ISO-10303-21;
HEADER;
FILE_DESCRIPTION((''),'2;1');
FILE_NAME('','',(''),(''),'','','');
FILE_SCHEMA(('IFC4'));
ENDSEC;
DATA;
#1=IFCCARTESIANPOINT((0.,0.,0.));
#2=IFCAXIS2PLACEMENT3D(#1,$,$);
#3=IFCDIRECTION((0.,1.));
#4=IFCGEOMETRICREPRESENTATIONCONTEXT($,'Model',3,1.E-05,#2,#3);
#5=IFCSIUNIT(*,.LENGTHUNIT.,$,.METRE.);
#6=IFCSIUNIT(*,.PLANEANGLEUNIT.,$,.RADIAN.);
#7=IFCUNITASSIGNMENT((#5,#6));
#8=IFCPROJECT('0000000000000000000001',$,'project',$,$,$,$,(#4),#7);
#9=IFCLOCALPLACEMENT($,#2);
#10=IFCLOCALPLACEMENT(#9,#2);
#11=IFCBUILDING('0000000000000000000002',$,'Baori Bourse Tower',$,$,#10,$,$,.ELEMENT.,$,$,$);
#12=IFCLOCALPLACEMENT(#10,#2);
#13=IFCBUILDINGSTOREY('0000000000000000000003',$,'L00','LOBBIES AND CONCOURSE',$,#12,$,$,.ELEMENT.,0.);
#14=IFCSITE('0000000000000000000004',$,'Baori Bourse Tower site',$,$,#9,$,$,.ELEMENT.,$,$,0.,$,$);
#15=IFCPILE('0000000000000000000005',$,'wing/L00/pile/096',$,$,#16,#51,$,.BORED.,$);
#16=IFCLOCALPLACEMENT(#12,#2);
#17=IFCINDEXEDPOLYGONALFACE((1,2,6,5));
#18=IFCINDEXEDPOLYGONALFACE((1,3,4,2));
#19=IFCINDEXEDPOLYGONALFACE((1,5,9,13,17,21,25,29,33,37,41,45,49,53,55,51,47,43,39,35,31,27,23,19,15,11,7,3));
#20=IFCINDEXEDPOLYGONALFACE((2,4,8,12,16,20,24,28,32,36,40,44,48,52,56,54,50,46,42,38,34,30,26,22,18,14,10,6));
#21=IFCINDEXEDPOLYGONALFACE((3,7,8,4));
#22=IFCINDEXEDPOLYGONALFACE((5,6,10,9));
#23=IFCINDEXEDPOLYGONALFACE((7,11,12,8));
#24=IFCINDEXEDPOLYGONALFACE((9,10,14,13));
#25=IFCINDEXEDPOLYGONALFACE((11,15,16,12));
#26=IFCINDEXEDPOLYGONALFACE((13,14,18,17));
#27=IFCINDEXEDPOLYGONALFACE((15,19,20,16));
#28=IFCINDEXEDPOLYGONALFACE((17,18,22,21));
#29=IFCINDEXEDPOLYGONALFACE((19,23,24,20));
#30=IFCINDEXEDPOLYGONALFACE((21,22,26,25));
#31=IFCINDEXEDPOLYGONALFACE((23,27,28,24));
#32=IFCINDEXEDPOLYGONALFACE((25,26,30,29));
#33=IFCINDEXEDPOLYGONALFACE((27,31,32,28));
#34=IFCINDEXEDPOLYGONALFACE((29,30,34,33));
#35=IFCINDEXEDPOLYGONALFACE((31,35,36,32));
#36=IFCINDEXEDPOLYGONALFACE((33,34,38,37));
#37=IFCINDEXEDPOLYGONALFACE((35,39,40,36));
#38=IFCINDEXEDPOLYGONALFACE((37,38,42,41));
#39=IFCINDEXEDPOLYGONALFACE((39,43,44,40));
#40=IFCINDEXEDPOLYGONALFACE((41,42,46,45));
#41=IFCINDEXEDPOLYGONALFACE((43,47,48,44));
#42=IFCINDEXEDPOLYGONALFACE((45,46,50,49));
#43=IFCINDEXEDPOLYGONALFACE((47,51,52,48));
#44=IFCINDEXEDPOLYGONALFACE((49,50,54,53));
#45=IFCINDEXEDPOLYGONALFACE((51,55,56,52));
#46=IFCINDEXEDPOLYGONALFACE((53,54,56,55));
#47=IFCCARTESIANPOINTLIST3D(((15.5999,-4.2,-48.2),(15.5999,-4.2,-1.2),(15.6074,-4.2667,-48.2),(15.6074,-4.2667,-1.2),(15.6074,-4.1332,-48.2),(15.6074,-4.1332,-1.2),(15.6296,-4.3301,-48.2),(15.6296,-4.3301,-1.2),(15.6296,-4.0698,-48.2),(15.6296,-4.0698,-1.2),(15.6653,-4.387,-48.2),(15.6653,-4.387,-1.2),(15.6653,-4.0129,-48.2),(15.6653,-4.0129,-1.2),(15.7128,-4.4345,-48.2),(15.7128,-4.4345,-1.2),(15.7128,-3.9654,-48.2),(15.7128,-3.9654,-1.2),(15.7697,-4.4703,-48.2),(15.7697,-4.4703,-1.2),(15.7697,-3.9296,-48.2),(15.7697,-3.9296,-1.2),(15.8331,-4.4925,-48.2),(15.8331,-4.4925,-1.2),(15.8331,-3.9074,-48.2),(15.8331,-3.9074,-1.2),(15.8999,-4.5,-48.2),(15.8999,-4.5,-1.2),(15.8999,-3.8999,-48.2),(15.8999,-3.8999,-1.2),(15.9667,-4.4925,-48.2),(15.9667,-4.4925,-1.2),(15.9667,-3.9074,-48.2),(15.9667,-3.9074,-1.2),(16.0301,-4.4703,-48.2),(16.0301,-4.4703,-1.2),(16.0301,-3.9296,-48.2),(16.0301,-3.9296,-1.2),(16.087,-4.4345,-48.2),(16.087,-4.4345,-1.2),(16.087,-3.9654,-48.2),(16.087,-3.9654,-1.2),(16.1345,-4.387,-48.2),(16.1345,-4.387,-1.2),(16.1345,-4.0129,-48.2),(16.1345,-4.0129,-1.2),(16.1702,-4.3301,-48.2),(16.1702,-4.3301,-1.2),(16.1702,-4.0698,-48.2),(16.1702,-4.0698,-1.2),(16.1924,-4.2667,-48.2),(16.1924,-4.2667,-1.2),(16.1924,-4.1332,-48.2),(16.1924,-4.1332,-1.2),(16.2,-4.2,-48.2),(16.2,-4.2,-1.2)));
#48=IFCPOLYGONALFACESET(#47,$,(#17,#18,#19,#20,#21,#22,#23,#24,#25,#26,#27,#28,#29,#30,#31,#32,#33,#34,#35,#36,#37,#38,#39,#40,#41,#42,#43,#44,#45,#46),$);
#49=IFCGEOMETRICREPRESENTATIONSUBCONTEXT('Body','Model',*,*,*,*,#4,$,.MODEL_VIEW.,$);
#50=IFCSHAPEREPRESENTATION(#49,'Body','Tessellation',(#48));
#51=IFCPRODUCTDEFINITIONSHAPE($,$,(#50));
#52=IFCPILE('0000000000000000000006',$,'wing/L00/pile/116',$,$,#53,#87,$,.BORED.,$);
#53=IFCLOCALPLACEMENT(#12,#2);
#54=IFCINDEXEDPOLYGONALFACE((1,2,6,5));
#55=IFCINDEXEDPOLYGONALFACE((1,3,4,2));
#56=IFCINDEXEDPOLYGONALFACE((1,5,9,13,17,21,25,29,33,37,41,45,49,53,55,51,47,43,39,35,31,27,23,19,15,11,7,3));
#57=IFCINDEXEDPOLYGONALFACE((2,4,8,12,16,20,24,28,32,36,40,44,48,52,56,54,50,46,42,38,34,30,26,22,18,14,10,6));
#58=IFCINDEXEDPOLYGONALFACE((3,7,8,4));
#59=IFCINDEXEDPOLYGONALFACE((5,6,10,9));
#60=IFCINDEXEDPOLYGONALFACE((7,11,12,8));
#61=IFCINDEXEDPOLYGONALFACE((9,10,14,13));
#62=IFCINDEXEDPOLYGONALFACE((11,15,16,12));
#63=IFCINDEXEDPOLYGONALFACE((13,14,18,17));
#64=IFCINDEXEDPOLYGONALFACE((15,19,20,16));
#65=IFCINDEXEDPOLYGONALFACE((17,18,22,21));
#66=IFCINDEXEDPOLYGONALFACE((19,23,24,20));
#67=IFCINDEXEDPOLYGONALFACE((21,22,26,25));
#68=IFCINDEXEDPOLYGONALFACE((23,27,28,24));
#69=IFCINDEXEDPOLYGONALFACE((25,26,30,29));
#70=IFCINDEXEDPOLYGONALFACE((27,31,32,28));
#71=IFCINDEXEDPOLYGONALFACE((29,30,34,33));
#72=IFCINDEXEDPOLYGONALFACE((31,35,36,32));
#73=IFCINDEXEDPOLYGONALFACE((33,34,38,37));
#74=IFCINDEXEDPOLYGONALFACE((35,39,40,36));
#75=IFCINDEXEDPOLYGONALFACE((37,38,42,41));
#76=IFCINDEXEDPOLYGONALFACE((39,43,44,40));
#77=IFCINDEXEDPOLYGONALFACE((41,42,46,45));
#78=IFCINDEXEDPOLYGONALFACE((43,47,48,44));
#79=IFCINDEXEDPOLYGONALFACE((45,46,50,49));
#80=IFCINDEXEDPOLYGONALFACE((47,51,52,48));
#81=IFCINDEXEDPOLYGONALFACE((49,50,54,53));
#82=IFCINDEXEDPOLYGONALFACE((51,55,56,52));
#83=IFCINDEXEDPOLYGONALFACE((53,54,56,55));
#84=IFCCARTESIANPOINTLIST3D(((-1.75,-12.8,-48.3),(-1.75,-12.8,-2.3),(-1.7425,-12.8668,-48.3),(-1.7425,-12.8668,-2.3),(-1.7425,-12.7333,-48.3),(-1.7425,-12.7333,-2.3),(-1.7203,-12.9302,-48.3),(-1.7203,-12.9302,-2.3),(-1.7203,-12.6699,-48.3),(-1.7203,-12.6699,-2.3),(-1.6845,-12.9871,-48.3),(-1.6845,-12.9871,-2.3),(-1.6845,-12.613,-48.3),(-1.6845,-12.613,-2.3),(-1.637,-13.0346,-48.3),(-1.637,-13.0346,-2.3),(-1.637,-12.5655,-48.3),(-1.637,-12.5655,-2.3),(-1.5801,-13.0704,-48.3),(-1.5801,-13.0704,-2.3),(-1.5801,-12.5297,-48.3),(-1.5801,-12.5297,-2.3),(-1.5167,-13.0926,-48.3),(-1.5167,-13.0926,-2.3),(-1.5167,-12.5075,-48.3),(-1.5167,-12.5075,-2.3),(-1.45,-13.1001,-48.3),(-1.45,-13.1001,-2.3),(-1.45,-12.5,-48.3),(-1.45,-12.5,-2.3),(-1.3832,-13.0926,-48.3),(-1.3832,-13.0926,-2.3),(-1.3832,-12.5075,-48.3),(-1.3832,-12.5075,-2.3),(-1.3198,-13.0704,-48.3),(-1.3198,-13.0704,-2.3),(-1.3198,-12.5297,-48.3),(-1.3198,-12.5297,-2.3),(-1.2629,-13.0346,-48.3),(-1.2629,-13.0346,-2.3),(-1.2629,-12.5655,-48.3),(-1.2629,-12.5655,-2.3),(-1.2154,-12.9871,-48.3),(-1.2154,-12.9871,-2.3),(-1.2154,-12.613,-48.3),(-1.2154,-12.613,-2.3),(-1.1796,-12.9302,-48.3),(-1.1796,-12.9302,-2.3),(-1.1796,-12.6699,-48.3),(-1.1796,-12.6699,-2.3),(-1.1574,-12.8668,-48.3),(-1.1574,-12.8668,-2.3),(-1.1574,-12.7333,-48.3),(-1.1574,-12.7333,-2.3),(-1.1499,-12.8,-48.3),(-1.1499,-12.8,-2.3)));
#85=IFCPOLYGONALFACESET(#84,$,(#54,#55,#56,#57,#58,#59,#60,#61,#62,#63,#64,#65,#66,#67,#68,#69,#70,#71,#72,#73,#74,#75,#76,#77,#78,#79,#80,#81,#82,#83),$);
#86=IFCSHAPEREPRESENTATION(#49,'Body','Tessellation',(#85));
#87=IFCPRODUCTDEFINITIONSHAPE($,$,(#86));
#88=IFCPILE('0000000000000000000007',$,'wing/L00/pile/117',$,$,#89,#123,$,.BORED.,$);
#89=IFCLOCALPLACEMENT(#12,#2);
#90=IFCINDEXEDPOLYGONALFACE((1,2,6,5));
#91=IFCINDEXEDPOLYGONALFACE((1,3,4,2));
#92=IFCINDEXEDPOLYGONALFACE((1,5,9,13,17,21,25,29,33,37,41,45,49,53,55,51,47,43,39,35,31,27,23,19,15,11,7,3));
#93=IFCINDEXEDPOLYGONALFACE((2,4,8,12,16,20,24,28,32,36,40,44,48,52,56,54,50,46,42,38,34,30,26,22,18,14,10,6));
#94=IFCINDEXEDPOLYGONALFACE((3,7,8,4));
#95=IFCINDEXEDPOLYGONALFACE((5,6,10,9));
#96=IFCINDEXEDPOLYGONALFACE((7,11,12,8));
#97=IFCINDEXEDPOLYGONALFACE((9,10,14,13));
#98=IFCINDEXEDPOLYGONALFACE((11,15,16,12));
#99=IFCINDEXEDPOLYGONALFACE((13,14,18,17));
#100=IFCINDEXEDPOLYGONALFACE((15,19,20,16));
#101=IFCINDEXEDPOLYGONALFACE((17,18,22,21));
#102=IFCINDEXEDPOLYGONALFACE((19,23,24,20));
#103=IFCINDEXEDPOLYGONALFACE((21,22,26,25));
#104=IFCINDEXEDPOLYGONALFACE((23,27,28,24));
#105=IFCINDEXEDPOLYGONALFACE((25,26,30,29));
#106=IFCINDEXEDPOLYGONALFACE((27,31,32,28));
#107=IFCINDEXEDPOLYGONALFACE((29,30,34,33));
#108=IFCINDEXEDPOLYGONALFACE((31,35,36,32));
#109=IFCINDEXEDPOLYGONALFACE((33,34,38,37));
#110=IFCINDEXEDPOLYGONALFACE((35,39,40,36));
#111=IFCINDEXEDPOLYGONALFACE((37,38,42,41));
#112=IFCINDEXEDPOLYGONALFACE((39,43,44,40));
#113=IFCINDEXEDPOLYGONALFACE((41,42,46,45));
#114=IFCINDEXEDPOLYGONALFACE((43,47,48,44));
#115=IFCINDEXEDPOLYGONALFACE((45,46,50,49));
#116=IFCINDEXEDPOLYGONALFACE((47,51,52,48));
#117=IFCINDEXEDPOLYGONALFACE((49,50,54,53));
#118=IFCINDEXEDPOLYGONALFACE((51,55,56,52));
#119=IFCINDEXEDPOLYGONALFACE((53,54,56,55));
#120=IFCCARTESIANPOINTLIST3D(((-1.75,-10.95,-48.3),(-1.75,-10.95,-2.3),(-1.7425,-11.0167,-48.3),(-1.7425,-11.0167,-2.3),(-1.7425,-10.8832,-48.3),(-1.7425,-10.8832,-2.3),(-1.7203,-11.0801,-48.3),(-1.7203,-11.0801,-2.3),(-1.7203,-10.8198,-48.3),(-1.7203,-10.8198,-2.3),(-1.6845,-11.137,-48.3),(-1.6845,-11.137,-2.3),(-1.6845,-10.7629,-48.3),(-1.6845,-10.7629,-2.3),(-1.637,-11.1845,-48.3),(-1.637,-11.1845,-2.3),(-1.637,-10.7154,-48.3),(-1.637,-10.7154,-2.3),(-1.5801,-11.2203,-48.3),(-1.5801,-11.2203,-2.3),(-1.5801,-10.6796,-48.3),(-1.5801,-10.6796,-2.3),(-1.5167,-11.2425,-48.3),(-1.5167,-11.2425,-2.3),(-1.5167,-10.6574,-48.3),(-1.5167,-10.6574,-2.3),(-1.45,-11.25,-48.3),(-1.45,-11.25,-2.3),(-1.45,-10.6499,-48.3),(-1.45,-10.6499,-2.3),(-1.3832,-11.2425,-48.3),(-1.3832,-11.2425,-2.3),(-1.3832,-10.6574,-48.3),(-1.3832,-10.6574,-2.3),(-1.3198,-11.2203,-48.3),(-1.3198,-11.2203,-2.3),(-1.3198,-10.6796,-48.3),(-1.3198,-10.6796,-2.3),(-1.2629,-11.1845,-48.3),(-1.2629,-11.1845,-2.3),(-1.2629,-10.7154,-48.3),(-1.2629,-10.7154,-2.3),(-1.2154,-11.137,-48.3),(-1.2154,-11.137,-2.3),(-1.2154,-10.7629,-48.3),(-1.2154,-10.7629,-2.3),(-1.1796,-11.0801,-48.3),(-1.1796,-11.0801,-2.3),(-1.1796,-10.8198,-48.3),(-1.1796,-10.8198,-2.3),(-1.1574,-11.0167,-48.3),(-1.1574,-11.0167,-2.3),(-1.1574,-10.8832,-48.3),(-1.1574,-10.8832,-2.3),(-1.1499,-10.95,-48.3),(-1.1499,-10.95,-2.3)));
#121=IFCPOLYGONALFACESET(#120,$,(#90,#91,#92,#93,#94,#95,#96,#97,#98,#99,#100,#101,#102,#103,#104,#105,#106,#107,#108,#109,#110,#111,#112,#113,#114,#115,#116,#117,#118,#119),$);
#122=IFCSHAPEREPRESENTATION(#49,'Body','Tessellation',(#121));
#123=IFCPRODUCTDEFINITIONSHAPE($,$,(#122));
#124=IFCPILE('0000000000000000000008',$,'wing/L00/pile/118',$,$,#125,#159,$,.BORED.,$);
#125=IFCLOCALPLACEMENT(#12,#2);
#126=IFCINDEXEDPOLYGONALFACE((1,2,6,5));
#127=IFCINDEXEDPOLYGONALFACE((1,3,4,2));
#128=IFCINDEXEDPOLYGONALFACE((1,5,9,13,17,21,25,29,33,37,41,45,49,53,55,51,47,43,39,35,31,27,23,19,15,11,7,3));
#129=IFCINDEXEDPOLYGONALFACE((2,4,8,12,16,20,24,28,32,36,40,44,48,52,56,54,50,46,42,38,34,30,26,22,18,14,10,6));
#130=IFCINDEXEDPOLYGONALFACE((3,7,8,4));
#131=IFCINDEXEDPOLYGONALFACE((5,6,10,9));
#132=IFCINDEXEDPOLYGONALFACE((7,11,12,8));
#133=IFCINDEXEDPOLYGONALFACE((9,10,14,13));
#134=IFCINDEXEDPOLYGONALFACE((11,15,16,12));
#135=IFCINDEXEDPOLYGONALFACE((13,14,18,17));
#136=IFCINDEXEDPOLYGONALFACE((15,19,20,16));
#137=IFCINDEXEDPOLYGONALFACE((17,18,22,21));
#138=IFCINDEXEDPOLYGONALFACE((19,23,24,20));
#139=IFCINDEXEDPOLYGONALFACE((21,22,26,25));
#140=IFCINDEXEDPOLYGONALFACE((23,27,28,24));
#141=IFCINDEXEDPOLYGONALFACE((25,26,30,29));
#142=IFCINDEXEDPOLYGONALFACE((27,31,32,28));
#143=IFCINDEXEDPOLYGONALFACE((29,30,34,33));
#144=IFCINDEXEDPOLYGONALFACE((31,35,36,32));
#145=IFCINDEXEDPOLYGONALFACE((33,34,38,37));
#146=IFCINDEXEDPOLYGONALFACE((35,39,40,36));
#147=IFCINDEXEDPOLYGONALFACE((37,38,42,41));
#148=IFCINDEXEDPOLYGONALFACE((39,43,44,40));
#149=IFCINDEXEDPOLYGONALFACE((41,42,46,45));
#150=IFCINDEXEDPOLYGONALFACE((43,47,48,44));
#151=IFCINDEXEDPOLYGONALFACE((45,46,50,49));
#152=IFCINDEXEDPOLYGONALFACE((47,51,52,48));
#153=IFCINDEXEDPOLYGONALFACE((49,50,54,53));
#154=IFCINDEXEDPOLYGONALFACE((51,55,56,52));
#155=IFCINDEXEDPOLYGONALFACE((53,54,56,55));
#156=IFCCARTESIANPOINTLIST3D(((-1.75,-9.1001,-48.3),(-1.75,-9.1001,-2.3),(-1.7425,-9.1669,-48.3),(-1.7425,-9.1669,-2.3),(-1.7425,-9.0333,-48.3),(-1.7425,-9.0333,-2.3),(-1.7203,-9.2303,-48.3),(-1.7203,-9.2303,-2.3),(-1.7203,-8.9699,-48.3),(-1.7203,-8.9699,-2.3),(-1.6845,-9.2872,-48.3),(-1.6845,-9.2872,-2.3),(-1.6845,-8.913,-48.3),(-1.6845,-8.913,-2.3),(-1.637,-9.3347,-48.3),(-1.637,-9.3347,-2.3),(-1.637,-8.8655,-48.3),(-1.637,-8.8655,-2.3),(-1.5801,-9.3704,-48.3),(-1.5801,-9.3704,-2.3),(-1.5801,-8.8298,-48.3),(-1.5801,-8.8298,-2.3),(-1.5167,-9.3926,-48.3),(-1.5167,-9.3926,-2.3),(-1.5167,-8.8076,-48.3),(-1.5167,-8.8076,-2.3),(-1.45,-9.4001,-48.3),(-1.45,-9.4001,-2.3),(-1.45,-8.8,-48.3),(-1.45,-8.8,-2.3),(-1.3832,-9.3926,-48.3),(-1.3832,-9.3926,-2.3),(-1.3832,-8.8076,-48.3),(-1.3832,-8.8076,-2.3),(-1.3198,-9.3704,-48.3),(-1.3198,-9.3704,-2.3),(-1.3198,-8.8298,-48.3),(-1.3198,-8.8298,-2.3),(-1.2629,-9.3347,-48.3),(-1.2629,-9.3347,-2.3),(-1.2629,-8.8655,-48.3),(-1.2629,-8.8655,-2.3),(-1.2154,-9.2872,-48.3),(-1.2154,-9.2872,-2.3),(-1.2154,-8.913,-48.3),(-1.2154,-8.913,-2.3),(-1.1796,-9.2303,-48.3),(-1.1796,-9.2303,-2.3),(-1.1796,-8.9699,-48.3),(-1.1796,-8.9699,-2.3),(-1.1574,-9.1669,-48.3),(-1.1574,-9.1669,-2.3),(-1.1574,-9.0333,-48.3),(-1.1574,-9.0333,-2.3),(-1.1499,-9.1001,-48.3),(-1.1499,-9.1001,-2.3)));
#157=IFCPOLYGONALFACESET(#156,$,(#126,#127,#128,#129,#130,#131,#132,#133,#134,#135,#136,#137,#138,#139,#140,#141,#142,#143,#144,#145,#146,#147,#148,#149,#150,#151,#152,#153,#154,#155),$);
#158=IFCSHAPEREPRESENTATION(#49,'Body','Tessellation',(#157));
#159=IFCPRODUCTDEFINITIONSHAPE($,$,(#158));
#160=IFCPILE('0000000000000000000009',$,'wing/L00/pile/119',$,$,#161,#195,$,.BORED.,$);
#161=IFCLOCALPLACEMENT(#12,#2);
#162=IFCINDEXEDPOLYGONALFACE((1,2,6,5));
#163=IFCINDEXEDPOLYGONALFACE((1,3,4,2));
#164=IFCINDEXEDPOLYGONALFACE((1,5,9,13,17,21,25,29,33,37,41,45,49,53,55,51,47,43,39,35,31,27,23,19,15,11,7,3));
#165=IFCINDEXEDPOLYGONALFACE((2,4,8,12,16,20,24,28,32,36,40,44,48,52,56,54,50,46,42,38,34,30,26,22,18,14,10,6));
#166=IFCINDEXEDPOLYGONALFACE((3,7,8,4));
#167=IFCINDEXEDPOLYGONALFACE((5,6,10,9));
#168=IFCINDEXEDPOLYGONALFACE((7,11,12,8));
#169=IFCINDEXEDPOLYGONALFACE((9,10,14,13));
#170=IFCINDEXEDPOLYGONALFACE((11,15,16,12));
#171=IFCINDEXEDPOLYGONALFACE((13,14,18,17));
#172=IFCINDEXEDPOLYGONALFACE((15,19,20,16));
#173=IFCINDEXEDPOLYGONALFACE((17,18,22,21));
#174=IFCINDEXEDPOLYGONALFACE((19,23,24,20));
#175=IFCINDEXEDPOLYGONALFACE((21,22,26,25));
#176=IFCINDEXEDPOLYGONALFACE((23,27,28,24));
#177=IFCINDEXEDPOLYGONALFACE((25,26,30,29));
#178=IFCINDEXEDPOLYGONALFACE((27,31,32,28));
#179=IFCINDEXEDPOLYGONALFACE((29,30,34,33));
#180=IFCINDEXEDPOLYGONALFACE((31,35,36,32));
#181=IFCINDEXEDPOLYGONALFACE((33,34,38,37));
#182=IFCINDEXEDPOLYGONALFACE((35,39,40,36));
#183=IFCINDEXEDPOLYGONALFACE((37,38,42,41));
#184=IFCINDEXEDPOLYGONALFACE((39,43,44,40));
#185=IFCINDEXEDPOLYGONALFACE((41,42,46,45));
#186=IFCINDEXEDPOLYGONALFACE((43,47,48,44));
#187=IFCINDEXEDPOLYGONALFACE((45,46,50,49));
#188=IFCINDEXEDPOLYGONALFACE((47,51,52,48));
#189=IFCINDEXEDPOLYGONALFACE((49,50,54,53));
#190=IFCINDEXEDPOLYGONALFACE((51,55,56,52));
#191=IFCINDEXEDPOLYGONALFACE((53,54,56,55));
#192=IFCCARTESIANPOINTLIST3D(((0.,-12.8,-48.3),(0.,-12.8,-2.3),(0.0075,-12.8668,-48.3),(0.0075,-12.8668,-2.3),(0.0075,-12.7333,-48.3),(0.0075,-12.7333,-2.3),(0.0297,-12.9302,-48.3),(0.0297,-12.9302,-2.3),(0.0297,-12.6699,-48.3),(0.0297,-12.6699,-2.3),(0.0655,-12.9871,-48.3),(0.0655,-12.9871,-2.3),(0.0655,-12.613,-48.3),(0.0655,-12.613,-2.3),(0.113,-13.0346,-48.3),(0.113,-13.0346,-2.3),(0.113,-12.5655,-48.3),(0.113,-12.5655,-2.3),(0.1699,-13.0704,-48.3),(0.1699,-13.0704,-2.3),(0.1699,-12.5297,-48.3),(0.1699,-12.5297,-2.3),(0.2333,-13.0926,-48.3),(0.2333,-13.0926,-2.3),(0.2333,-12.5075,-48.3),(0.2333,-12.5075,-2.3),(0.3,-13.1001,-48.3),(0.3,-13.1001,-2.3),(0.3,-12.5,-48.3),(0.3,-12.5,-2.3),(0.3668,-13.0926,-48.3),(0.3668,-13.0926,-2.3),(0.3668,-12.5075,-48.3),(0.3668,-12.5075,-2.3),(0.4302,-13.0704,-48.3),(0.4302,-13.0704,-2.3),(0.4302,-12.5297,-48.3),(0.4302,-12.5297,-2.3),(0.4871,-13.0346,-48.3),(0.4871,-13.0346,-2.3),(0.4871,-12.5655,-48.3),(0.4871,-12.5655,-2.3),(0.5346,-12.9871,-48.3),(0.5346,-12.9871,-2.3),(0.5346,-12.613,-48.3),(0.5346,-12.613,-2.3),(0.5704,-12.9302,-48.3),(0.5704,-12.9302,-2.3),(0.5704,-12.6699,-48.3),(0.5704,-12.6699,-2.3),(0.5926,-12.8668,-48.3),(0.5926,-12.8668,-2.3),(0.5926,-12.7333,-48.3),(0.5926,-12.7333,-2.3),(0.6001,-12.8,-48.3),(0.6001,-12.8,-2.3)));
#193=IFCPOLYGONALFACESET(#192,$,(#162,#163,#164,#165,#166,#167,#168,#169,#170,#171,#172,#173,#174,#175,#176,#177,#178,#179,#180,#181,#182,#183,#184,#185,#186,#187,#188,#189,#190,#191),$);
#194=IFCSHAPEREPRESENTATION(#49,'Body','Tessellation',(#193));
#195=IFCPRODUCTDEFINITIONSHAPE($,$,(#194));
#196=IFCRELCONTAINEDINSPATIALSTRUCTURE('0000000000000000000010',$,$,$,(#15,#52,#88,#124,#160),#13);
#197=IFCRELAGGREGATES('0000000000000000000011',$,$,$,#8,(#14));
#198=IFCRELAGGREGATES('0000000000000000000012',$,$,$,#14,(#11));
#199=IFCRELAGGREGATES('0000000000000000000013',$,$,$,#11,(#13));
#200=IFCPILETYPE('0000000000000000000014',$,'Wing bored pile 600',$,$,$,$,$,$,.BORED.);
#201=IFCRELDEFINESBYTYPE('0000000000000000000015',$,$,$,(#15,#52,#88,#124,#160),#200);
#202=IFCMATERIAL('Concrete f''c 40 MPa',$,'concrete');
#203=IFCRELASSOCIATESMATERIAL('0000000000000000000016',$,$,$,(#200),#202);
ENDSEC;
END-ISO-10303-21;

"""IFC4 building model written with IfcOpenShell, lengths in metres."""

from ifc_helpers import new_model, si_unit, direction, frame, origin, origin_2d, place, context, subcontext, project, spatial, circle, extrude, material, material_profile, profile_set, type_object, element, save


model = new_model("IFC4")

# Units and contexts
model_context = context("Model", 3, precision=1e-05, world=origin(), true_north=direction((0.0, 1.0)))
body_context = subcontext(model_context, "Body", "Model", "MODEL_VIEW")
ifc_project = project(units=[si_unit("LENGTHUNIT", "METRE"), si_unit("PLANEANGLEUNIT", "RADIAN")], contexts=[model_context])

# Site, building, storey
site_placement = place(None, origin())
site = spatial("IfcSite", under=ifc_project, at=site_placement, Name="Baori Bourse Tower site", CompositionType="ELEMENT", RefElevation=0.0)
building_placement = place(site_placement, origin())
building = spatial("IfcBuilding", under=site, at=building_placement, Name="Baori Bourse Tower", CompositionType="ELEMENT")
storey_placement = place(building_placement, origin())
storey = spatial("IfcBuildingStorey", under=building, at=storey_placement, Name="L00", Description="LOBBIES AND CONCOURSE", CompositionType="ELEMENT", Elevation=0.0)

# Piles
ifc_material_1 = material(Name="Concrete f'c 40 MPa", Category="concrete")
ifc_material_profile_1 = material_profile(ifc_material_1, circle(Radius=0.3, at=origin_2d()), Name="Wing bored pile 600")
ifc_profile_set_1 = profile_set([ifc_material_profile_1], Name="Concrete f'c 40 MPa")
pile_type_1 = type_object("IfcPileType", Name="Wing bored pile 600", PredefinedType="BORED", material=ifc_profile_set_1)
for number, where, z_axis, x_axis, name in (
    (1, (15.8999, -4.2, -1.2), (0.0, 0.0, -1.0), (1.0, 0.0, 0.0), "wing/L00/pile/096"),
):
    element("IfcPile", number, at=place(storey_placement, frame(where, z_axis=z_axis, x_axis=x_axis)), inside=storey, type_object=pile_type_1, Name=name, PredefinedType="BORED", context=body_context, shape_type="SweptSolid", body=[
        extrude(circle(Radius=0.3, at=origin_2d()), origin(), (0.0, 0.0, 1.0), 47.0),
    ])
for number, where, z_axis, x_axis, name in (
    (2, (-1.45, -12.8, -2.3), (0.0, 0.0, -1.0), (1.0, 0.0, 0.0), "wing/L00/pile/116"),
    (3, (-1.45, -10.95, -2.3), (0.0, 0.0, -1.0), (1.0, 0.0, 0.0), "wing/L00/pile/117"),
    (4, (-1.45, -9.1001, -2.3), (0.0, 0.0, -1.0), (1.0, 0.0, 0.0), "wing/L00/pile/118"),
    (5, (0.3, -12.8, -2.3), (0.0, 0.0, -1.0), (1.0, 0.0, 0.0), "wing/L00/pile/119"),
):
    element("IfcPile", number, at=place(storey_placement, frame(where, z_axis=z_axis, x_axis=x_axis)), inside=storey, type_object=pile_type_1, Name=name, PredefinedType="BORED", context=body_context, shape_type="SweptSolid", body=[
        extrude(circle(Radius=0.3, at=origin_2d()), origin(), (0.0, 0.0, 1.0), 46.0),
    ])

save(model, "model.ifc")
